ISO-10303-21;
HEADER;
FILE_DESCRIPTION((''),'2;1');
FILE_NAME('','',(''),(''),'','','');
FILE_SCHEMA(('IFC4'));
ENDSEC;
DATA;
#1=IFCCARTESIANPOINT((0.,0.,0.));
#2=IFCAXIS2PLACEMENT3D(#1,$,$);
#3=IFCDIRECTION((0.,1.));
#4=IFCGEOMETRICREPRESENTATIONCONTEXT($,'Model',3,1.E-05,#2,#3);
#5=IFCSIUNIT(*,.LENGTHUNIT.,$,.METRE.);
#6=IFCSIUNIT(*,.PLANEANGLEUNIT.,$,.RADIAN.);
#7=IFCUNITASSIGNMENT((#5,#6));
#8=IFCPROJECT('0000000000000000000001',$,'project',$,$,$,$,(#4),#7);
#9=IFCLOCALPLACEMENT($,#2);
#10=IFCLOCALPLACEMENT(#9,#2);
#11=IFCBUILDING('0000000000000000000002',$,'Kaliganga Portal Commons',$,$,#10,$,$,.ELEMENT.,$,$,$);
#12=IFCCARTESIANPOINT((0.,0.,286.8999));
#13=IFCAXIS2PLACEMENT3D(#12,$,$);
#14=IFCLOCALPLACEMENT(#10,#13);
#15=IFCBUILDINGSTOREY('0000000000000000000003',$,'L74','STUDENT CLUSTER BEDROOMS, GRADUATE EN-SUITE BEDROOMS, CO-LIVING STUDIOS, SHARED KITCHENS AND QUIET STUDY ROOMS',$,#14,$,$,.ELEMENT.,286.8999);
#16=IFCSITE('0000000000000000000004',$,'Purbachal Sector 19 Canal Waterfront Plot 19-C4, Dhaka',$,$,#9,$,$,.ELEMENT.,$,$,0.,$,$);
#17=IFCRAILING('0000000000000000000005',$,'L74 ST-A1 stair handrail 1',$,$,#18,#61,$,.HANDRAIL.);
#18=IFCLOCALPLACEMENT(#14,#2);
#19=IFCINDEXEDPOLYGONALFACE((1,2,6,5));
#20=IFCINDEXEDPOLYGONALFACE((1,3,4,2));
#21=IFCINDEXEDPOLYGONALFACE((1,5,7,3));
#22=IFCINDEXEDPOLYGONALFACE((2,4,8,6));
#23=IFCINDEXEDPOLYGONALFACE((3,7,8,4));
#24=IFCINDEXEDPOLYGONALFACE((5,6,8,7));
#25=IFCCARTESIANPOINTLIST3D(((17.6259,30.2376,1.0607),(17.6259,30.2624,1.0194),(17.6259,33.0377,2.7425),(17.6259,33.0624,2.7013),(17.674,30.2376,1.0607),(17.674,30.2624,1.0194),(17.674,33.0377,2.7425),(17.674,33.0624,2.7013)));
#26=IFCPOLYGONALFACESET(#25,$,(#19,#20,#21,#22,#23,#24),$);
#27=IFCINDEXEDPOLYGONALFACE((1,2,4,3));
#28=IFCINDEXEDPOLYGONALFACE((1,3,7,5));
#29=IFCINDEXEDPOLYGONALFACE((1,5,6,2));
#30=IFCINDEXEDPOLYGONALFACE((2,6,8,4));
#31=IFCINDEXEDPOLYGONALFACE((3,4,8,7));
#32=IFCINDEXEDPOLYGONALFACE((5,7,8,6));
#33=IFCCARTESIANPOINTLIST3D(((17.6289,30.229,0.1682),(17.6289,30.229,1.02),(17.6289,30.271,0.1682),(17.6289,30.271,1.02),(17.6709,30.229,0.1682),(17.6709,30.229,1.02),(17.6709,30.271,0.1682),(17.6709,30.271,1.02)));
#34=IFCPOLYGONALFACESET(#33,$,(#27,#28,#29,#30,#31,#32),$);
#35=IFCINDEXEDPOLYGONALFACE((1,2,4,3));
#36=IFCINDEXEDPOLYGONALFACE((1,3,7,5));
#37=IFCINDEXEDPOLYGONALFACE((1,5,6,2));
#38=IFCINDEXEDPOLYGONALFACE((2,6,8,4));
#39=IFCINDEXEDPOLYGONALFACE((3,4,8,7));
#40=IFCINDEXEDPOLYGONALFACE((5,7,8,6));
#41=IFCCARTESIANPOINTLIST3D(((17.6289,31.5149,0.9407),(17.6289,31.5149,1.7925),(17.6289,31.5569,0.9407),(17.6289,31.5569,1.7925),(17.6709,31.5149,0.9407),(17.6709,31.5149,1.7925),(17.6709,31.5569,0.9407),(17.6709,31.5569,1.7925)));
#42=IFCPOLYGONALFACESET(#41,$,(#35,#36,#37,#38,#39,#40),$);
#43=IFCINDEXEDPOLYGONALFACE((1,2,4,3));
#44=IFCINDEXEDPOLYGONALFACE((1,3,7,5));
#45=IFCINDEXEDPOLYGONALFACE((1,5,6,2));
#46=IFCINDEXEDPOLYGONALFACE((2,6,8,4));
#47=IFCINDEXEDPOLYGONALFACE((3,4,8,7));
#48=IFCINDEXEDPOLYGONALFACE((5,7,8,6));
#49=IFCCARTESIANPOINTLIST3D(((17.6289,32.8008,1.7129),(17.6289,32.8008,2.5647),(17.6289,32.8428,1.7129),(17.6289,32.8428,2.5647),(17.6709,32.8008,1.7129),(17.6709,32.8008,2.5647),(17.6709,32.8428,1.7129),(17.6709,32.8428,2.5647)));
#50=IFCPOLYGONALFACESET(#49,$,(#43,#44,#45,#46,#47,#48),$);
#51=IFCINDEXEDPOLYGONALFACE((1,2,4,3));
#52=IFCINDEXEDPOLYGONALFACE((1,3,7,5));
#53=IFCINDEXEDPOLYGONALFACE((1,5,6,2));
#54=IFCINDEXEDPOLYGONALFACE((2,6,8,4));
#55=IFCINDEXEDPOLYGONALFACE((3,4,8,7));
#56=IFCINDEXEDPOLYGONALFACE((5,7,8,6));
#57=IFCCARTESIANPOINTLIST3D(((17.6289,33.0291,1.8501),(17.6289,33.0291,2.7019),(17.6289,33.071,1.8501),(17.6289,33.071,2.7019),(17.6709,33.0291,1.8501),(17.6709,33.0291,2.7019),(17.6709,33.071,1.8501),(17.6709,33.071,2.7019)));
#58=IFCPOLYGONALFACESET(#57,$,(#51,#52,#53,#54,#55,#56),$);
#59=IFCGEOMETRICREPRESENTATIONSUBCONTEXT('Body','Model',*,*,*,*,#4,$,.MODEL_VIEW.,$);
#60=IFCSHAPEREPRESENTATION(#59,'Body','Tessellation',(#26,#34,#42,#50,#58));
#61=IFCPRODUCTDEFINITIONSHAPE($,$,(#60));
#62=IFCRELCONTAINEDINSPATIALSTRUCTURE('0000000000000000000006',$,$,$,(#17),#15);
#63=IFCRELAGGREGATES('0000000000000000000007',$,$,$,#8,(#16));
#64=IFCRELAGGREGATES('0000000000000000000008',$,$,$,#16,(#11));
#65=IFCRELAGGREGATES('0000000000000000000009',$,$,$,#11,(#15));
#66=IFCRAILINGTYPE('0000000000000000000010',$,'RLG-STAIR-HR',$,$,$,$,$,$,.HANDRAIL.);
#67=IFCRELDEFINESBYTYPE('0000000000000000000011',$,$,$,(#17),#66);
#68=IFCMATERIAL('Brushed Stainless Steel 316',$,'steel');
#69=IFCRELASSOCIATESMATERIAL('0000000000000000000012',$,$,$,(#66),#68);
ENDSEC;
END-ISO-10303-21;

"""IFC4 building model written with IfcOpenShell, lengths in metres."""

from ifc_helpers import new_model, si_unit, direction, frame, origin, origin_2d, place, context, subcontext, project, spatial, rectangle, extrude, material, type_object, element, save


model = new_model("IFC4")

# Units and contexts
model_context = context("Model", 3, precision=1e-05, world=origin(), true_north=direction((0.0, 1.0)))
body_context = subcontext(model_context, "Body", "Model", "MODEL_VIEW")
ifc_project = project(units=[si_unit("LENGTHUNIT", "METRE"), si_unit("PLANEANGLEUNIT", "RADIAN")], contexts=[model_context])

# Site, building, storey
site_placement = place(None, origin())
site = spatial("IfcSite", under=ifc_project, at=site_placement, Name="Purbachal Sector 19 Canal Waterfront Plot 19-C4, Dhaka", CompositionType="ELEMENT", RefElevation=0.0)
building_placement = place(site_placement, origin())
building = spatial("IfcBuilding", under=site, at=building_placement, Name="Kaliganga Portal Commons", CompositionType="ELEMENT")
storey_placement = place(building_placement, frame((0.0, 0.0, 286.8999)))
storey = spatial("IfcBuildingStorey", under=building, at=storey_placement, Name="L74", Description="STUDENT CLUSTER BEDROOMS, GRADUATE EN-SUITE BEDROOMS, CO-LIVING STUDIOS, SHARED KITCHENS AND QUIET STUDY ROOMS", CompositionType="ELEMENT", Elevation=286.8999)

# Railing
ifc_material_1 = material(Name="Brushed Stainless Steel 316", Category="steel")
railing_type_1 = type_object("IfcRailingType", Name="RLG-STAIR-HR", PredefinedType="HANDRAIL", material=ifc_material_1)
railing_1_placement = place(storey_placement, frame((17.6499, 30.25, 0.1682)))
element("IfcRailing", 1, at=railing_1_placement, inside=storey, type_object=railing_type_1, Name="L74 ST-A1 stair handrail 1", PredefinedType="HANDRAIL", context=body_context, shape_type="SweptSolid", body=[
    extrude(rectangle(XDim=0.0481, YDim=0.0481, at=origin_2d()), frame((0.0, 0.0, 0.8718), z_axis=(0.0, 0.857242, 0.514913), x_axis=(-1.0, 0.0, 0.0)), (0.0, 0.0, 1.0), 3.2664),
    extrude(rectangle(XDim=0.042, YDim=0.042, at=origin_2d()), origin(), (0.0, 0.0, 1.0), 0.8518),
    extrude(rectangle(XDim=0.042, YDim=0.042, at=origin_2d()), frame((0.0, 1.2859, 0.7725)), (0.0, 0.0, 1.0), 0.8518),
    extrude(rectangle(XDim=0.042, YDim=0.042, at=origin_2d()), frame((0.0, 2.5718, 1.5447)), (0.0, 0.0, 1.0), 0.8518),
    extrude(rectangle(XDim=0.042, YDim=0.042, at=origin_2d()), frame((0.0, 2.8, 1.6819)), (0.0, 0.0, 1.0), 0.8518),
])

save(model, "model.ifc")
